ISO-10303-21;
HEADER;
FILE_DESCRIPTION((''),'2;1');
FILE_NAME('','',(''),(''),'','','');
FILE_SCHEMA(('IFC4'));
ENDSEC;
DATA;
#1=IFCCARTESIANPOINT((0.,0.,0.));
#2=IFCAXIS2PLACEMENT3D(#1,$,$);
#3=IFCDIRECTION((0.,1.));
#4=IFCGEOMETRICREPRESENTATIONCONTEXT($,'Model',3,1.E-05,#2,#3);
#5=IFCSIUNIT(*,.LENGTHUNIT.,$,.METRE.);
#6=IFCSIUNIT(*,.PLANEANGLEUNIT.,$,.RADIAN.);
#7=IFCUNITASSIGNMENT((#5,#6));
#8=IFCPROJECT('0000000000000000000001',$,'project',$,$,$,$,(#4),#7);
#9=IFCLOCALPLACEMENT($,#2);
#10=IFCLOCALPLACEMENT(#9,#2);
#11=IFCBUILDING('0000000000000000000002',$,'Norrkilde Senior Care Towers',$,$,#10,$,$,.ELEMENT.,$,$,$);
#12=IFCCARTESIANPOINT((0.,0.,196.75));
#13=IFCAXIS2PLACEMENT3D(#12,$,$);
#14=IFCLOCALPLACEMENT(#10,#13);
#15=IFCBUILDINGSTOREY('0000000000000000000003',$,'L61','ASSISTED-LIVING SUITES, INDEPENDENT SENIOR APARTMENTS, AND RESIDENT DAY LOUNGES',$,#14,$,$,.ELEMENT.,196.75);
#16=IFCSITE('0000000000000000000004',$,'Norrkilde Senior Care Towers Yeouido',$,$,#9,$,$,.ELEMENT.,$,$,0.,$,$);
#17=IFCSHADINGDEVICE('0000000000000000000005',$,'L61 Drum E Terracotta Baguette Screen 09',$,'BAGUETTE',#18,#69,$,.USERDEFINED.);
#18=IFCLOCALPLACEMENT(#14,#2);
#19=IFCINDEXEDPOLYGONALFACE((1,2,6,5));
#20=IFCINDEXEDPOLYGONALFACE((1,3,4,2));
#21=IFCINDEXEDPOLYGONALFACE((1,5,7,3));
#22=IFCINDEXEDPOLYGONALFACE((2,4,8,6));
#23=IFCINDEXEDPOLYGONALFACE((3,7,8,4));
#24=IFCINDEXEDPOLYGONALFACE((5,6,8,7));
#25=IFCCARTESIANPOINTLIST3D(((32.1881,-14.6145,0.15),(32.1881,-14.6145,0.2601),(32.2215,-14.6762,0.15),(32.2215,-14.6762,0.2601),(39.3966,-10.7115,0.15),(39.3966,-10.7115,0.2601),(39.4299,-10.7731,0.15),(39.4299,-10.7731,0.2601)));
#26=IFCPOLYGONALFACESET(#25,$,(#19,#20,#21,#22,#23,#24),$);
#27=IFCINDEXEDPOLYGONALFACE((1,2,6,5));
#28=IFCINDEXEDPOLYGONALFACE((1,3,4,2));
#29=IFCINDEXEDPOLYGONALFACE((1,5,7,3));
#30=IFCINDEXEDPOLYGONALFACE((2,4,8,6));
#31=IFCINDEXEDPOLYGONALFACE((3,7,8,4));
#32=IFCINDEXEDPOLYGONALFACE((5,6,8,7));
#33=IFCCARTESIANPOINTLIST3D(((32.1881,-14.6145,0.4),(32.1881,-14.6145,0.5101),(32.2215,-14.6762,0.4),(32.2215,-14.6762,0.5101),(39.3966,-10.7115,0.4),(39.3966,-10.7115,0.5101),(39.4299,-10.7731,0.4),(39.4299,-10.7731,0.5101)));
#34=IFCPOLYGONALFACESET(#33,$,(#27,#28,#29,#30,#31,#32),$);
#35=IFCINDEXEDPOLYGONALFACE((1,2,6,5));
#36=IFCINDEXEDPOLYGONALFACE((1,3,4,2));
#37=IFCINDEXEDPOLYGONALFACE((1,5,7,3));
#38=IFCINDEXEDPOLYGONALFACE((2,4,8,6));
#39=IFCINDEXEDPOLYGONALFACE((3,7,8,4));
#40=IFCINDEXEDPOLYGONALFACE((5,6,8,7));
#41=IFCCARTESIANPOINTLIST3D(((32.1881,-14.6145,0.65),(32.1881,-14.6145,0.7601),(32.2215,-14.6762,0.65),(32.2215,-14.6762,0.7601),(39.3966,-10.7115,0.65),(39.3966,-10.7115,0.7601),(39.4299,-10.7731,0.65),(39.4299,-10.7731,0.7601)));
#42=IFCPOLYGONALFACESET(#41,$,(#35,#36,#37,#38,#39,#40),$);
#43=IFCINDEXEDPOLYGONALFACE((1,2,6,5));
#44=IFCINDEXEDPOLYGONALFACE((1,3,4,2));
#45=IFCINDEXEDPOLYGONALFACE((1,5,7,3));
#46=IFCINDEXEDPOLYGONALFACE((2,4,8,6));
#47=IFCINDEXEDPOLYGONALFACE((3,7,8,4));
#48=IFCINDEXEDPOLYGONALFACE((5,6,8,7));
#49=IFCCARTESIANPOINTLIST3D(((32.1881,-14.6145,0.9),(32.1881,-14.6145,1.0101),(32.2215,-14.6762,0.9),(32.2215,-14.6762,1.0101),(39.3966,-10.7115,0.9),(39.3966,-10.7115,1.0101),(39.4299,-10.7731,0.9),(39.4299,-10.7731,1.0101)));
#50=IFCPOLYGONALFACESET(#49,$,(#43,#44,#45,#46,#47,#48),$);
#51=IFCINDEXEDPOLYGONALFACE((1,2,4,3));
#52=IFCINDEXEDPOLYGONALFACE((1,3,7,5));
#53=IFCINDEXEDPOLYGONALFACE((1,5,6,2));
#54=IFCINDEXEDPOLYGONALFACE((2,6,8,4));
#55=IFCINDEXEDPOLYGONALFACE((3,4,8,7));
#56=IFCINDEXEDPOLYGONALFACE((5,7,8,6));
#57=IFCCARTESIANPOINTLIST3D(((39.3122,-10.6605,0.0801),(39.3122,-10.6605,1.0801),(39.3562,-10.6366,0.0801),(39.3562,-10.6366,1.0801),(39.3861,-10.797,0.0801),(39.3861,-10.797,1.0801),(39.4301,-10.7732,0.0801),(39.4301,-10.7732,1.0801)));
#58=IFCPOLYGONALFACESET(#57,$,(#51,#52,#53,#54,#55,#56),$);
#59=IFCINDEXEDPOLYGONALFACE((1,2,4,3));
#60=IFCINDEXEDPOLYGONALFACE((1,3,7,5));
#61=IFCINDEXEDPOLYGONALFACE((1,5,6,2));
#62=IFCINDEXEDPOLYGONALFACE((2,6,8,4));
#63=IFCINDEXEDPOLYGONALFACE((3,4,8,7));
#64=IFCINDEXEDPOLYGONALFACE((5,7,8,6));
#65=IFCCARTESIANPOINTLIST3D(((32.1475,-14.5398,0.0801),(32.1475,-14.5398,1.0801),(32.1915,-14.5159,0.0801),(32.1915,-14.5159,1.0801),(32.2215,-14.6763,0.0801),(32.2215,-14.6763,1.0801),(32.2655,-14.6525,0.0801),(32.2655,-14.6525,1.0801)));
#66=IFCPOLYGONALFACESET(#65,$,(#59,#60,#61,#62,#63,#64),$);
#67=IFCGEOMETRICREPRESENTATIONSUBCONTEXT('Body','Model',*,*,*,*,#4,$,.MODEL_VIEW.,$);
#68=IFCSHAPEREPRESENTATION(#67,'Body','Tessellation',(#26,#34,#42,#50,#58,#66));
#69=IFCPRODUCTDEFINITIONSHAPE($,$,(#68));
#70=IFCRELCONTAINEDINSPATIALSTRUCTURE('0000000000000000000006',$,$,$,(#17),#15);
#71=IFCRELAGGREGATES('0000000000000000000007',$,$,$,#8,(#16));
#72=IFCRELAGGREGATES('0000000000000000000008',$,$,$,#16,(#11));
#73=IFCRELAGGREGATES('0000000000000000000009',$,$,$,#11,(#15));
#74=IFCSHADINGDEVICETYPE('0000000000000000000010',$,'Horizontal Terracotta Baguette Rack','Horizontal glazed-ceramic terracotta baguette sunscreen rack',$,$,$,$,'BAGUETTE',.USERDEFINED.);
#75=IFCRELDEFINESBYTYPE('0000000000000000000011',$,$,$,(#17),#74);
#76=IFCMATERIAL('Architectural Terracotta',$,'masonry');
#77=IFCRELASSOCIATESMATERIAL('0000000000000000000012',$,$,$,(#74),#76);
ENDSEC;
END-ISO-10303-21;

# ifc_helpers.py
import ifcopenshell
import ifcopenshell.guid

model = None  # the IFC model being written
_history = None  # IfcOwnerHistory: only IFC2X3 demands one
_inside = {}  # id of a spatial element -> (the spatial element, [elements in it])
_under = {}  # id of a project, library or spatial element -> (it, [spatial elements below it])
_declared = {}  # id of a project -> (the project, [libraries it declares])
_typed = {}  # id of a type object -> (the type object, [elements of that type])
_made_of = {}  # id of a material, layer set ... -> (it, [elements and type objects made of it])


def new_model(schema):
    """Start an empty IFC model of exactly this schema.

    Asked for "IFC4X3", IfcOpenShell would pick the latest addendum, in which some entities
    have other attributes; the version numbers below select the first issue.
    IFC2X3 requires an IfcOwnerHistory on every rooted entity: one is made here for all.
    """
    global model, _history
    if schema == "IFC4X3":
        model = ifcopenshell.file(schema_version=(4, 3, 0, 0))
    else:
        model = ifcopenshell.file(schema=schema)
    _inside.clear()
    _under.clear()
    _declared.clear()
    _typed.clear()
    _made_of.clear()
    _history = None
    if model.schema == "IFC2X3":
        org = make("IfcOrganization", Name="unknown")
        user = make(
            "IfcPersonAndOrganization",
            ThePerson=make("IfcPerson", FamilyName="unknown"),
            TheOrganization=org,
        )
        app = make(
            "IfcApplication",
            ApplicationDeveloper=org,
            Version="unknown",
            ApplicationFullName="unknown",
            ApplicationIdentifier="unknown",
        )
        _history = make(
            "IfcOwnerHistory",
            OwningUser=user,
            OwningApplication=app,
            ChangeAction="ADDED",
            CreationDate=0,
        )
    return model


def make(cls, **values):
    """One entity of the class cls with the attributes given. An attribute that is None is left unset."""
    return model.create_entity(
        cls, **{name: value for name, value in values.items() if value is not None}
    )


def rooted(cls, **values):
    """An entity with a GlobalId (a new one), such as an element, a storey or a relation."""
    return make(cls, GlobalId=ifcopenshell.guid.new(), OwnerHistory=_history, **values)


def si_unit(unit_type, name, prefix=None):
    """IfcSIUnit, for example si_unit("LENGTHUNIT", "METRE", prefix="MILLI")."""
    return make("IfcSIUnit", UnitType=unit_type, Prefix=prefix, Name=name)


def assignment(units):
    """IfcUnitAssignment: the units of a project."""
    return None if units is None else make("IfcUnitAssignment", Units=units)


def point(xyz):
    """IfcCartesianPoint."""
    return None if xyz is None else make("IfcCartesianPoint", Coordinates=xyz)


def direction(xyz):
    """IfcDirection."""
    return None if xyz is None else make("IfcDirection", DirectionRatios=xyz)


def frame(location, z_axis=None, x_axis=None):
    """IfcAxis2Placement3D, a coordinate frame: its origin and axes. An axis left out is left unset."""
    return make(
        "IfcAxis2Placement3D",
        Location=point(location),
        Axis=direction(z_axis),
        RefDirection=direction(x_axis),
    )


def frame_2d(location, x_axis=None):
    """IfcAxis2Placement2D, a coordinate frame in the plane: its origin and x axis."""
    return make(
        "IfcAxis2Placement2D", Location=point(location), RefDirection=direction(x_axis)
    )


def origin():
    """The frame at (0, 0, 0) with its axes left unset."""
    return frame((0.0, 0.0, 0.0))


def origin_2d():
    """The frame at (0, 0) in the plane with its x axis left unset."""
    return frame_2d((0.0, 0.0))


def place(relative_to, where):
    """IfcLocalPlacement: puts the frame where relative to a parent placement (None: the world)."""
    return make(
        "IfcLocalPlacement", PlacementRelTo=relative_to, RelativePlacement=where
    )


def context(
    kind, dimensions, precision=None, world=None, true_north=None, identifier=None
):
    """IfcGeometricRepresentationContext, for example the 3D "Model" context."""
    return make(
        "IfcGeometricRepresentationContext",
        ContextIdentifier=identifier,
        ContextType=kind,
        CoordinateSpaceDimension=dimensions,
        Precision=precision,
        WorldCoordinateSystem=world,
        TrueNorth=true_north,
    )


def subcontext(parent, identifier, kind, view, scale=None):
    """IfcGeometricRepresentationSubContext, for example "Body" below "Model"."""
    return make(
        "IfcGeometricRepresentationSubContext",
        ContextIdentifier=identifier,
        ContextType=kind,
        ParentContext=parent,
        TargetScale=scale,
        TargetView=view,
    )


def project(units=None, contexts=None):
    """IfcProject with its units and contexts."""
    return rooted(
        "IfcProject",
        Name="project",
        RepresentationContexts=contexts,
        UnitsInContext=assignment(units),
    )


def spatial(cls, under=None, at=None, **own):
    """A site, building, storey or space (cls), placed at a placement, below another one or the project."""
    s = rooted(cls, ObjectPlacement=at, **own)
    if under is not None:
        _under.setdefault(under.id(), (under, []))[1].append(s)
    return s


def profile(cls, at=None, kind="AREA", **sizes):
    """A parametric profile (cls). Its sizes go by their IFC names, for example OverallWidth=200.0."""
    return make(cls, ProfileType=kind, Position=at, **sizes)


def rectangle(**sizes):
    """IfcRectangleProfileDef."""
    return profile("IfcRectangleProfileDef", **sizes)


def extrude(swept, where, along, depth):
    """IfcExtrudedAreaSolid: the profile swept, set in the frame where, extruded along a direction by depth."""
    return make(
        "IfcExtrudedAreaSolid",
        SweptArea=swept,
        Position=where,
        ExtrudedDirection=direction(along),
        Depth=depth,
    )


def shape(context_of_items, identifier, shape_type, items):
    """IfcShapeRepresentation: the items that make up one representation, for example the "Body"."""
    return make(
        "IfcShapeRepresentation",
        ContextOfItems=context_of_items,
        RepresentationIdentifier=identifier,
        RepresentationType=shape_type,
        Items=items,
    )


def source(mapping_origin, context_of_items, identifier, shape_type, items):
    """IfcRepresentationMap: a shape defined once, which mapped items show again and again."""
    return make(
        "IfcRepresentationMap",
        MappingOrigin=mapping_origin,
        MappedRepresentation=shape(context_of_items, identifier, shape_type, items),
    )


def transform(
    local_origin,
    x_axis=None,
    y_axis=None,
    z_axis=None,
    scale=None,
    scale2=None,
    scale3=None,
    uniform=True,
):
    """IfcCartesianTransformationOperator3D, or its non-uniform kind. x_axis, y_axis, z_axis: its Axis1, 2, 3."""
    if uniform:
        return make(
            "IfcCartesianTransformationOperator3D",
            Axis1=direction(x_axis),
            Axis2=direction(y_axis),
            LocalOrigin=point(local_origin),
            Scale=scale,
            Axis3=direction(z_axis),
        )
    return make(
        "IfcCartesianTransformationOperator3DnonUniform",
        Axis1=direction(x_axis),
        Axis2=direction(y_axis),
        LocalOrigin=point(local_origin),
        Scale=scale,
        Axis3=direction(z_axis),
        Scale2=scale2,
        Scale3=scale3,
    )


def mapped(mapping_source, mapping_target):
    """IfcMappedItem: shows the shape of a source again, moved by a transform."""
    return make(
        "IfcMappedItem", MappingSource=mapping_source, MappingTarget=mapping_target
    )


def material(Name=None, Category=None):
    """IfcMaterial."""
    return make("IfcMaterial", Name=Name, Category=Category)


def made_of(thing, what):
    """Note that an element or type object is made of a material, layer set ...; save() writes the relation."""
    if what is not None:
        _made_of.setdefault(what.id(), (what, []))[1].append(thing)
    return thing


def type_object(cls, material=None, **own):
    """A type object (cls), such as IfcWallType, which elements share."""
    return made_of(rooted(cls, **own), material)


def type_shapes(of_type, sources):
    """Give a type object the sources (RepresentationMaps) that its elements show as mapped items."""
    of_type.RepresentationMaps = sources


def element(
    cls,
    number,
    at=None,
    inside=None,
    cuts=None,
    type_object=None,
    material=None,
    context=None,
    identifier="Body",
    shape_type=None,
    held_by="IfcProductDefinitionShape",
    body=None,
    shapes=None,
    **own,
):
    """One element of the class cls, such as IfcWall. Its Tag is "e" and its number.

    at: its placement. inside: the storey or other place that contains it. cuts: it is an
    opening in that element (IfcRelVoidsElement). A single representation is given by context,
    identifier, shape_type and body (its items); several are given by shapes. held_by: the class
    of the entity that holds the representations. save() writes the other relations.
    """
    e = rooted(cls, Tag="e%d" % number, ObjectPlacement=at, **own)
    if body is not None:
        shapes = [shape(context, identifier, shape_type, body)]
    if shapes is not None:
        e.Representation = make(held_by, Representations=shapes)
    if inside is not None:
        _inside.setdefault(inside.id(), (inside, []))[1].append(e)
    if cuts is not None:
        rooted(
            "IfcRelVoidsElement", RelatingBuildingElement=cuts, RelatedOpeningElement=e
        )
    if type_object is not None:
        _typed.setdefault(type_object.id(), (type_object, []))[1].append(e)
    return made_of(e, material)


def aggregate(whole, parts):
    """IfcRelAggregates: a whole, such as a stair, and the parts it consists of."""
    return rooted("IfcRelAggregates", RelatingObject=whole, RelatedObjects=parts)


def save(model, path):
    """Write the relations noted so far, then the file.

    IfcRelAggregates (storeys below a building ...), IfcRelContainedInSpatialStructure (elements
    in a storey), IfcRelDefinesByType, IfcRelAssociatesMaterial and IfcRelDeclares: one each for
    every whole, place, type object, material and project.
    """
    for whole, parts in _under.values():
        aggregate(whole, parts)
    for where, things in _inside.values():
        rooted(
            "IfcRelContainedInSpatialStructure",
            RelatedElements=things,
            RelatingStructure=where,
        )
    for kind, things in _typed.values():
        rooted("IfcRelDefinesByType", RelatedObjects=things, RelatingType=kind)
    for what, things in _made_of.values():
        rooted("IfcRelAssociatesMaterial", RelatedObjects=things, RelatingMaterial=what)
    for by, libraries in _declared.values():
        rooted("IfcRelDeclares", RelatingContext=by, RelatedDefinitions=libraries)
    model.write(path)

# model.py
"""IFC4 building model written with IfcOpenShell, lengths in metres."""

from ifc_helpers import new_model, si_unit, direction, frame, origin, origin_2d, place, context, subcontext, project, spatial, rectangle, extrude, source, transform, mapped, material, type_object, type_shapes, element, save


model = new_model("IFC4")

# Units and contexts
model_context = context("Model", 3, precision=1e-05, world=origin(), true_north=direction((0.0, 1.0)))
body_context = subcontext(model_context, "Body", "Model", "MODEL_VIEW")
ifc_project = project(units=[si_unit("LENGTHUNIT", "METRE"), si_unit("PLANEANGLEUNIT", "RADIAN")], contexts=[model_context])

# Site, building, storey
site_placement = place(None, origin())
site = spatial("IfcSite", under=ifc_project, at=site_placement, Name="Norrkilde Senior Care Towers Yeouido", CompositionType="ELEMENT", RefElevation=0.0)
building_placement = place(site_placement, origin())
building = spatial("IfcBuilding", under=site, at=building_placement, Name="Norrkilde Senior Care Towers", CompositionType="ELEMENT")
storey_placement = place(building_placement, frame((0.0, 0.0, 196.75)))
storey = spatial("IfcBuildingStorey", under=building, at=storey_placement, Name="L61", Description="ASSISTED-LIVING SUITES, INDEPENDENT SENIOR APARTMENTS, AND RESIDENT DAY LOUNGES", CompositionType="ELEMENT", Elevation=196.75)

# Shading device
ifc_material_1 = material(Name="Architectural Terracotta", Category="masonry")
shading_device_type = type_object("IfcShadingDeviceType", Name="Horizontal Terracotta Baguette Rack", Description="Horizontal glazed-ceramic terracotta baguette sunscreen rack", ElementType="BAGUETTE", PredefinedType="USERDEFINED", material=ifc_material_1)
shared_shape_1 = source(origin(), body_context, "Body", "SweptSolid", [
    extrude(rectangle(XDim=0.0701, YDim=0.1101, at=origin_2d()), frame((0.0, 0.0901, 0.125), z_axis=(1.0, 0.0, 0.0), x_axis=(0.0, 1.0, 0.0)), (0.0, 0.0, 1.0), 8.1973),
    extrude(rectangle(XDim=0.0701, YDim=0.1101, at=origin_2d()), frame((0.0, 0.0901, 0.375), z_axis=(1.0, 0.0, 0.0), x_axis=(0.0, 1.0, 0.0)), (0.0, 0.0, 1.0), 8.1973),
    extrude(rectangle(XDim=0.0701, YDim=0.1101, at=origin_2d()), frame((0.0, 0.0901, 0.625), z_axis=(1.0, 0.0, 0.0), x_axis=(0.0, 1.0, 0.0)), (0.0, 0.0, 1.0), 8.1973),
    extrude(rectangle(XDim=0.0701, YDim=0.1101, at=origin_2d()), frame((0.0, 0.0901, 0.875), z_axis=(1.0, 0.0, 0.0), x_axis=(0.0, 1.0, 0.0)), (0.0, 0.0, 1.0), 8.1973),
    extrude(rectangle(XDim=0.05, YDim=0.1553, at=origin_2d()), frame((0.0249, 0.0476, 0.0)), (0.0, 0.0, 1.0), 1.0),
    extrude(rectangle(XDim=0.05, YDim=0.1553, at=origin_2d()), frame((8.1724, 0.0476, 0.0)), (0.0, 0.0, 1.0), 1.0),
])
type_shapes(shading_device_type, [shared_shape_1])
shading_device_placement = place(storey_placement, frame((39.3704, -10.6631, 0.0801), z_axis=(0.0, 0.0, 1.0), x_axis=(-0.879378, -0.476144, 0.0)))
element("IfcShadingDevice", 1, at=shading_device_placement, inside=storey, type_object=shading_device_type, Name="L61 Drum E Terracotta Baguette Screen 09", ObjectType="BAGUETTE", PredefinedType="USERDEFINED", context=body_context, shape_type="MappedRepresentation", body=[
    mapped(shared_shape_1, transform((0.0, 0.0, 0.0), x_axis=(1.0, 0.0, 0.0), y_axis=(0.0, 1.0, 0.0), z_axis=(0.0, 0.0, 1.0), scale=1.0)),
])

save(model, "model.ifc")
